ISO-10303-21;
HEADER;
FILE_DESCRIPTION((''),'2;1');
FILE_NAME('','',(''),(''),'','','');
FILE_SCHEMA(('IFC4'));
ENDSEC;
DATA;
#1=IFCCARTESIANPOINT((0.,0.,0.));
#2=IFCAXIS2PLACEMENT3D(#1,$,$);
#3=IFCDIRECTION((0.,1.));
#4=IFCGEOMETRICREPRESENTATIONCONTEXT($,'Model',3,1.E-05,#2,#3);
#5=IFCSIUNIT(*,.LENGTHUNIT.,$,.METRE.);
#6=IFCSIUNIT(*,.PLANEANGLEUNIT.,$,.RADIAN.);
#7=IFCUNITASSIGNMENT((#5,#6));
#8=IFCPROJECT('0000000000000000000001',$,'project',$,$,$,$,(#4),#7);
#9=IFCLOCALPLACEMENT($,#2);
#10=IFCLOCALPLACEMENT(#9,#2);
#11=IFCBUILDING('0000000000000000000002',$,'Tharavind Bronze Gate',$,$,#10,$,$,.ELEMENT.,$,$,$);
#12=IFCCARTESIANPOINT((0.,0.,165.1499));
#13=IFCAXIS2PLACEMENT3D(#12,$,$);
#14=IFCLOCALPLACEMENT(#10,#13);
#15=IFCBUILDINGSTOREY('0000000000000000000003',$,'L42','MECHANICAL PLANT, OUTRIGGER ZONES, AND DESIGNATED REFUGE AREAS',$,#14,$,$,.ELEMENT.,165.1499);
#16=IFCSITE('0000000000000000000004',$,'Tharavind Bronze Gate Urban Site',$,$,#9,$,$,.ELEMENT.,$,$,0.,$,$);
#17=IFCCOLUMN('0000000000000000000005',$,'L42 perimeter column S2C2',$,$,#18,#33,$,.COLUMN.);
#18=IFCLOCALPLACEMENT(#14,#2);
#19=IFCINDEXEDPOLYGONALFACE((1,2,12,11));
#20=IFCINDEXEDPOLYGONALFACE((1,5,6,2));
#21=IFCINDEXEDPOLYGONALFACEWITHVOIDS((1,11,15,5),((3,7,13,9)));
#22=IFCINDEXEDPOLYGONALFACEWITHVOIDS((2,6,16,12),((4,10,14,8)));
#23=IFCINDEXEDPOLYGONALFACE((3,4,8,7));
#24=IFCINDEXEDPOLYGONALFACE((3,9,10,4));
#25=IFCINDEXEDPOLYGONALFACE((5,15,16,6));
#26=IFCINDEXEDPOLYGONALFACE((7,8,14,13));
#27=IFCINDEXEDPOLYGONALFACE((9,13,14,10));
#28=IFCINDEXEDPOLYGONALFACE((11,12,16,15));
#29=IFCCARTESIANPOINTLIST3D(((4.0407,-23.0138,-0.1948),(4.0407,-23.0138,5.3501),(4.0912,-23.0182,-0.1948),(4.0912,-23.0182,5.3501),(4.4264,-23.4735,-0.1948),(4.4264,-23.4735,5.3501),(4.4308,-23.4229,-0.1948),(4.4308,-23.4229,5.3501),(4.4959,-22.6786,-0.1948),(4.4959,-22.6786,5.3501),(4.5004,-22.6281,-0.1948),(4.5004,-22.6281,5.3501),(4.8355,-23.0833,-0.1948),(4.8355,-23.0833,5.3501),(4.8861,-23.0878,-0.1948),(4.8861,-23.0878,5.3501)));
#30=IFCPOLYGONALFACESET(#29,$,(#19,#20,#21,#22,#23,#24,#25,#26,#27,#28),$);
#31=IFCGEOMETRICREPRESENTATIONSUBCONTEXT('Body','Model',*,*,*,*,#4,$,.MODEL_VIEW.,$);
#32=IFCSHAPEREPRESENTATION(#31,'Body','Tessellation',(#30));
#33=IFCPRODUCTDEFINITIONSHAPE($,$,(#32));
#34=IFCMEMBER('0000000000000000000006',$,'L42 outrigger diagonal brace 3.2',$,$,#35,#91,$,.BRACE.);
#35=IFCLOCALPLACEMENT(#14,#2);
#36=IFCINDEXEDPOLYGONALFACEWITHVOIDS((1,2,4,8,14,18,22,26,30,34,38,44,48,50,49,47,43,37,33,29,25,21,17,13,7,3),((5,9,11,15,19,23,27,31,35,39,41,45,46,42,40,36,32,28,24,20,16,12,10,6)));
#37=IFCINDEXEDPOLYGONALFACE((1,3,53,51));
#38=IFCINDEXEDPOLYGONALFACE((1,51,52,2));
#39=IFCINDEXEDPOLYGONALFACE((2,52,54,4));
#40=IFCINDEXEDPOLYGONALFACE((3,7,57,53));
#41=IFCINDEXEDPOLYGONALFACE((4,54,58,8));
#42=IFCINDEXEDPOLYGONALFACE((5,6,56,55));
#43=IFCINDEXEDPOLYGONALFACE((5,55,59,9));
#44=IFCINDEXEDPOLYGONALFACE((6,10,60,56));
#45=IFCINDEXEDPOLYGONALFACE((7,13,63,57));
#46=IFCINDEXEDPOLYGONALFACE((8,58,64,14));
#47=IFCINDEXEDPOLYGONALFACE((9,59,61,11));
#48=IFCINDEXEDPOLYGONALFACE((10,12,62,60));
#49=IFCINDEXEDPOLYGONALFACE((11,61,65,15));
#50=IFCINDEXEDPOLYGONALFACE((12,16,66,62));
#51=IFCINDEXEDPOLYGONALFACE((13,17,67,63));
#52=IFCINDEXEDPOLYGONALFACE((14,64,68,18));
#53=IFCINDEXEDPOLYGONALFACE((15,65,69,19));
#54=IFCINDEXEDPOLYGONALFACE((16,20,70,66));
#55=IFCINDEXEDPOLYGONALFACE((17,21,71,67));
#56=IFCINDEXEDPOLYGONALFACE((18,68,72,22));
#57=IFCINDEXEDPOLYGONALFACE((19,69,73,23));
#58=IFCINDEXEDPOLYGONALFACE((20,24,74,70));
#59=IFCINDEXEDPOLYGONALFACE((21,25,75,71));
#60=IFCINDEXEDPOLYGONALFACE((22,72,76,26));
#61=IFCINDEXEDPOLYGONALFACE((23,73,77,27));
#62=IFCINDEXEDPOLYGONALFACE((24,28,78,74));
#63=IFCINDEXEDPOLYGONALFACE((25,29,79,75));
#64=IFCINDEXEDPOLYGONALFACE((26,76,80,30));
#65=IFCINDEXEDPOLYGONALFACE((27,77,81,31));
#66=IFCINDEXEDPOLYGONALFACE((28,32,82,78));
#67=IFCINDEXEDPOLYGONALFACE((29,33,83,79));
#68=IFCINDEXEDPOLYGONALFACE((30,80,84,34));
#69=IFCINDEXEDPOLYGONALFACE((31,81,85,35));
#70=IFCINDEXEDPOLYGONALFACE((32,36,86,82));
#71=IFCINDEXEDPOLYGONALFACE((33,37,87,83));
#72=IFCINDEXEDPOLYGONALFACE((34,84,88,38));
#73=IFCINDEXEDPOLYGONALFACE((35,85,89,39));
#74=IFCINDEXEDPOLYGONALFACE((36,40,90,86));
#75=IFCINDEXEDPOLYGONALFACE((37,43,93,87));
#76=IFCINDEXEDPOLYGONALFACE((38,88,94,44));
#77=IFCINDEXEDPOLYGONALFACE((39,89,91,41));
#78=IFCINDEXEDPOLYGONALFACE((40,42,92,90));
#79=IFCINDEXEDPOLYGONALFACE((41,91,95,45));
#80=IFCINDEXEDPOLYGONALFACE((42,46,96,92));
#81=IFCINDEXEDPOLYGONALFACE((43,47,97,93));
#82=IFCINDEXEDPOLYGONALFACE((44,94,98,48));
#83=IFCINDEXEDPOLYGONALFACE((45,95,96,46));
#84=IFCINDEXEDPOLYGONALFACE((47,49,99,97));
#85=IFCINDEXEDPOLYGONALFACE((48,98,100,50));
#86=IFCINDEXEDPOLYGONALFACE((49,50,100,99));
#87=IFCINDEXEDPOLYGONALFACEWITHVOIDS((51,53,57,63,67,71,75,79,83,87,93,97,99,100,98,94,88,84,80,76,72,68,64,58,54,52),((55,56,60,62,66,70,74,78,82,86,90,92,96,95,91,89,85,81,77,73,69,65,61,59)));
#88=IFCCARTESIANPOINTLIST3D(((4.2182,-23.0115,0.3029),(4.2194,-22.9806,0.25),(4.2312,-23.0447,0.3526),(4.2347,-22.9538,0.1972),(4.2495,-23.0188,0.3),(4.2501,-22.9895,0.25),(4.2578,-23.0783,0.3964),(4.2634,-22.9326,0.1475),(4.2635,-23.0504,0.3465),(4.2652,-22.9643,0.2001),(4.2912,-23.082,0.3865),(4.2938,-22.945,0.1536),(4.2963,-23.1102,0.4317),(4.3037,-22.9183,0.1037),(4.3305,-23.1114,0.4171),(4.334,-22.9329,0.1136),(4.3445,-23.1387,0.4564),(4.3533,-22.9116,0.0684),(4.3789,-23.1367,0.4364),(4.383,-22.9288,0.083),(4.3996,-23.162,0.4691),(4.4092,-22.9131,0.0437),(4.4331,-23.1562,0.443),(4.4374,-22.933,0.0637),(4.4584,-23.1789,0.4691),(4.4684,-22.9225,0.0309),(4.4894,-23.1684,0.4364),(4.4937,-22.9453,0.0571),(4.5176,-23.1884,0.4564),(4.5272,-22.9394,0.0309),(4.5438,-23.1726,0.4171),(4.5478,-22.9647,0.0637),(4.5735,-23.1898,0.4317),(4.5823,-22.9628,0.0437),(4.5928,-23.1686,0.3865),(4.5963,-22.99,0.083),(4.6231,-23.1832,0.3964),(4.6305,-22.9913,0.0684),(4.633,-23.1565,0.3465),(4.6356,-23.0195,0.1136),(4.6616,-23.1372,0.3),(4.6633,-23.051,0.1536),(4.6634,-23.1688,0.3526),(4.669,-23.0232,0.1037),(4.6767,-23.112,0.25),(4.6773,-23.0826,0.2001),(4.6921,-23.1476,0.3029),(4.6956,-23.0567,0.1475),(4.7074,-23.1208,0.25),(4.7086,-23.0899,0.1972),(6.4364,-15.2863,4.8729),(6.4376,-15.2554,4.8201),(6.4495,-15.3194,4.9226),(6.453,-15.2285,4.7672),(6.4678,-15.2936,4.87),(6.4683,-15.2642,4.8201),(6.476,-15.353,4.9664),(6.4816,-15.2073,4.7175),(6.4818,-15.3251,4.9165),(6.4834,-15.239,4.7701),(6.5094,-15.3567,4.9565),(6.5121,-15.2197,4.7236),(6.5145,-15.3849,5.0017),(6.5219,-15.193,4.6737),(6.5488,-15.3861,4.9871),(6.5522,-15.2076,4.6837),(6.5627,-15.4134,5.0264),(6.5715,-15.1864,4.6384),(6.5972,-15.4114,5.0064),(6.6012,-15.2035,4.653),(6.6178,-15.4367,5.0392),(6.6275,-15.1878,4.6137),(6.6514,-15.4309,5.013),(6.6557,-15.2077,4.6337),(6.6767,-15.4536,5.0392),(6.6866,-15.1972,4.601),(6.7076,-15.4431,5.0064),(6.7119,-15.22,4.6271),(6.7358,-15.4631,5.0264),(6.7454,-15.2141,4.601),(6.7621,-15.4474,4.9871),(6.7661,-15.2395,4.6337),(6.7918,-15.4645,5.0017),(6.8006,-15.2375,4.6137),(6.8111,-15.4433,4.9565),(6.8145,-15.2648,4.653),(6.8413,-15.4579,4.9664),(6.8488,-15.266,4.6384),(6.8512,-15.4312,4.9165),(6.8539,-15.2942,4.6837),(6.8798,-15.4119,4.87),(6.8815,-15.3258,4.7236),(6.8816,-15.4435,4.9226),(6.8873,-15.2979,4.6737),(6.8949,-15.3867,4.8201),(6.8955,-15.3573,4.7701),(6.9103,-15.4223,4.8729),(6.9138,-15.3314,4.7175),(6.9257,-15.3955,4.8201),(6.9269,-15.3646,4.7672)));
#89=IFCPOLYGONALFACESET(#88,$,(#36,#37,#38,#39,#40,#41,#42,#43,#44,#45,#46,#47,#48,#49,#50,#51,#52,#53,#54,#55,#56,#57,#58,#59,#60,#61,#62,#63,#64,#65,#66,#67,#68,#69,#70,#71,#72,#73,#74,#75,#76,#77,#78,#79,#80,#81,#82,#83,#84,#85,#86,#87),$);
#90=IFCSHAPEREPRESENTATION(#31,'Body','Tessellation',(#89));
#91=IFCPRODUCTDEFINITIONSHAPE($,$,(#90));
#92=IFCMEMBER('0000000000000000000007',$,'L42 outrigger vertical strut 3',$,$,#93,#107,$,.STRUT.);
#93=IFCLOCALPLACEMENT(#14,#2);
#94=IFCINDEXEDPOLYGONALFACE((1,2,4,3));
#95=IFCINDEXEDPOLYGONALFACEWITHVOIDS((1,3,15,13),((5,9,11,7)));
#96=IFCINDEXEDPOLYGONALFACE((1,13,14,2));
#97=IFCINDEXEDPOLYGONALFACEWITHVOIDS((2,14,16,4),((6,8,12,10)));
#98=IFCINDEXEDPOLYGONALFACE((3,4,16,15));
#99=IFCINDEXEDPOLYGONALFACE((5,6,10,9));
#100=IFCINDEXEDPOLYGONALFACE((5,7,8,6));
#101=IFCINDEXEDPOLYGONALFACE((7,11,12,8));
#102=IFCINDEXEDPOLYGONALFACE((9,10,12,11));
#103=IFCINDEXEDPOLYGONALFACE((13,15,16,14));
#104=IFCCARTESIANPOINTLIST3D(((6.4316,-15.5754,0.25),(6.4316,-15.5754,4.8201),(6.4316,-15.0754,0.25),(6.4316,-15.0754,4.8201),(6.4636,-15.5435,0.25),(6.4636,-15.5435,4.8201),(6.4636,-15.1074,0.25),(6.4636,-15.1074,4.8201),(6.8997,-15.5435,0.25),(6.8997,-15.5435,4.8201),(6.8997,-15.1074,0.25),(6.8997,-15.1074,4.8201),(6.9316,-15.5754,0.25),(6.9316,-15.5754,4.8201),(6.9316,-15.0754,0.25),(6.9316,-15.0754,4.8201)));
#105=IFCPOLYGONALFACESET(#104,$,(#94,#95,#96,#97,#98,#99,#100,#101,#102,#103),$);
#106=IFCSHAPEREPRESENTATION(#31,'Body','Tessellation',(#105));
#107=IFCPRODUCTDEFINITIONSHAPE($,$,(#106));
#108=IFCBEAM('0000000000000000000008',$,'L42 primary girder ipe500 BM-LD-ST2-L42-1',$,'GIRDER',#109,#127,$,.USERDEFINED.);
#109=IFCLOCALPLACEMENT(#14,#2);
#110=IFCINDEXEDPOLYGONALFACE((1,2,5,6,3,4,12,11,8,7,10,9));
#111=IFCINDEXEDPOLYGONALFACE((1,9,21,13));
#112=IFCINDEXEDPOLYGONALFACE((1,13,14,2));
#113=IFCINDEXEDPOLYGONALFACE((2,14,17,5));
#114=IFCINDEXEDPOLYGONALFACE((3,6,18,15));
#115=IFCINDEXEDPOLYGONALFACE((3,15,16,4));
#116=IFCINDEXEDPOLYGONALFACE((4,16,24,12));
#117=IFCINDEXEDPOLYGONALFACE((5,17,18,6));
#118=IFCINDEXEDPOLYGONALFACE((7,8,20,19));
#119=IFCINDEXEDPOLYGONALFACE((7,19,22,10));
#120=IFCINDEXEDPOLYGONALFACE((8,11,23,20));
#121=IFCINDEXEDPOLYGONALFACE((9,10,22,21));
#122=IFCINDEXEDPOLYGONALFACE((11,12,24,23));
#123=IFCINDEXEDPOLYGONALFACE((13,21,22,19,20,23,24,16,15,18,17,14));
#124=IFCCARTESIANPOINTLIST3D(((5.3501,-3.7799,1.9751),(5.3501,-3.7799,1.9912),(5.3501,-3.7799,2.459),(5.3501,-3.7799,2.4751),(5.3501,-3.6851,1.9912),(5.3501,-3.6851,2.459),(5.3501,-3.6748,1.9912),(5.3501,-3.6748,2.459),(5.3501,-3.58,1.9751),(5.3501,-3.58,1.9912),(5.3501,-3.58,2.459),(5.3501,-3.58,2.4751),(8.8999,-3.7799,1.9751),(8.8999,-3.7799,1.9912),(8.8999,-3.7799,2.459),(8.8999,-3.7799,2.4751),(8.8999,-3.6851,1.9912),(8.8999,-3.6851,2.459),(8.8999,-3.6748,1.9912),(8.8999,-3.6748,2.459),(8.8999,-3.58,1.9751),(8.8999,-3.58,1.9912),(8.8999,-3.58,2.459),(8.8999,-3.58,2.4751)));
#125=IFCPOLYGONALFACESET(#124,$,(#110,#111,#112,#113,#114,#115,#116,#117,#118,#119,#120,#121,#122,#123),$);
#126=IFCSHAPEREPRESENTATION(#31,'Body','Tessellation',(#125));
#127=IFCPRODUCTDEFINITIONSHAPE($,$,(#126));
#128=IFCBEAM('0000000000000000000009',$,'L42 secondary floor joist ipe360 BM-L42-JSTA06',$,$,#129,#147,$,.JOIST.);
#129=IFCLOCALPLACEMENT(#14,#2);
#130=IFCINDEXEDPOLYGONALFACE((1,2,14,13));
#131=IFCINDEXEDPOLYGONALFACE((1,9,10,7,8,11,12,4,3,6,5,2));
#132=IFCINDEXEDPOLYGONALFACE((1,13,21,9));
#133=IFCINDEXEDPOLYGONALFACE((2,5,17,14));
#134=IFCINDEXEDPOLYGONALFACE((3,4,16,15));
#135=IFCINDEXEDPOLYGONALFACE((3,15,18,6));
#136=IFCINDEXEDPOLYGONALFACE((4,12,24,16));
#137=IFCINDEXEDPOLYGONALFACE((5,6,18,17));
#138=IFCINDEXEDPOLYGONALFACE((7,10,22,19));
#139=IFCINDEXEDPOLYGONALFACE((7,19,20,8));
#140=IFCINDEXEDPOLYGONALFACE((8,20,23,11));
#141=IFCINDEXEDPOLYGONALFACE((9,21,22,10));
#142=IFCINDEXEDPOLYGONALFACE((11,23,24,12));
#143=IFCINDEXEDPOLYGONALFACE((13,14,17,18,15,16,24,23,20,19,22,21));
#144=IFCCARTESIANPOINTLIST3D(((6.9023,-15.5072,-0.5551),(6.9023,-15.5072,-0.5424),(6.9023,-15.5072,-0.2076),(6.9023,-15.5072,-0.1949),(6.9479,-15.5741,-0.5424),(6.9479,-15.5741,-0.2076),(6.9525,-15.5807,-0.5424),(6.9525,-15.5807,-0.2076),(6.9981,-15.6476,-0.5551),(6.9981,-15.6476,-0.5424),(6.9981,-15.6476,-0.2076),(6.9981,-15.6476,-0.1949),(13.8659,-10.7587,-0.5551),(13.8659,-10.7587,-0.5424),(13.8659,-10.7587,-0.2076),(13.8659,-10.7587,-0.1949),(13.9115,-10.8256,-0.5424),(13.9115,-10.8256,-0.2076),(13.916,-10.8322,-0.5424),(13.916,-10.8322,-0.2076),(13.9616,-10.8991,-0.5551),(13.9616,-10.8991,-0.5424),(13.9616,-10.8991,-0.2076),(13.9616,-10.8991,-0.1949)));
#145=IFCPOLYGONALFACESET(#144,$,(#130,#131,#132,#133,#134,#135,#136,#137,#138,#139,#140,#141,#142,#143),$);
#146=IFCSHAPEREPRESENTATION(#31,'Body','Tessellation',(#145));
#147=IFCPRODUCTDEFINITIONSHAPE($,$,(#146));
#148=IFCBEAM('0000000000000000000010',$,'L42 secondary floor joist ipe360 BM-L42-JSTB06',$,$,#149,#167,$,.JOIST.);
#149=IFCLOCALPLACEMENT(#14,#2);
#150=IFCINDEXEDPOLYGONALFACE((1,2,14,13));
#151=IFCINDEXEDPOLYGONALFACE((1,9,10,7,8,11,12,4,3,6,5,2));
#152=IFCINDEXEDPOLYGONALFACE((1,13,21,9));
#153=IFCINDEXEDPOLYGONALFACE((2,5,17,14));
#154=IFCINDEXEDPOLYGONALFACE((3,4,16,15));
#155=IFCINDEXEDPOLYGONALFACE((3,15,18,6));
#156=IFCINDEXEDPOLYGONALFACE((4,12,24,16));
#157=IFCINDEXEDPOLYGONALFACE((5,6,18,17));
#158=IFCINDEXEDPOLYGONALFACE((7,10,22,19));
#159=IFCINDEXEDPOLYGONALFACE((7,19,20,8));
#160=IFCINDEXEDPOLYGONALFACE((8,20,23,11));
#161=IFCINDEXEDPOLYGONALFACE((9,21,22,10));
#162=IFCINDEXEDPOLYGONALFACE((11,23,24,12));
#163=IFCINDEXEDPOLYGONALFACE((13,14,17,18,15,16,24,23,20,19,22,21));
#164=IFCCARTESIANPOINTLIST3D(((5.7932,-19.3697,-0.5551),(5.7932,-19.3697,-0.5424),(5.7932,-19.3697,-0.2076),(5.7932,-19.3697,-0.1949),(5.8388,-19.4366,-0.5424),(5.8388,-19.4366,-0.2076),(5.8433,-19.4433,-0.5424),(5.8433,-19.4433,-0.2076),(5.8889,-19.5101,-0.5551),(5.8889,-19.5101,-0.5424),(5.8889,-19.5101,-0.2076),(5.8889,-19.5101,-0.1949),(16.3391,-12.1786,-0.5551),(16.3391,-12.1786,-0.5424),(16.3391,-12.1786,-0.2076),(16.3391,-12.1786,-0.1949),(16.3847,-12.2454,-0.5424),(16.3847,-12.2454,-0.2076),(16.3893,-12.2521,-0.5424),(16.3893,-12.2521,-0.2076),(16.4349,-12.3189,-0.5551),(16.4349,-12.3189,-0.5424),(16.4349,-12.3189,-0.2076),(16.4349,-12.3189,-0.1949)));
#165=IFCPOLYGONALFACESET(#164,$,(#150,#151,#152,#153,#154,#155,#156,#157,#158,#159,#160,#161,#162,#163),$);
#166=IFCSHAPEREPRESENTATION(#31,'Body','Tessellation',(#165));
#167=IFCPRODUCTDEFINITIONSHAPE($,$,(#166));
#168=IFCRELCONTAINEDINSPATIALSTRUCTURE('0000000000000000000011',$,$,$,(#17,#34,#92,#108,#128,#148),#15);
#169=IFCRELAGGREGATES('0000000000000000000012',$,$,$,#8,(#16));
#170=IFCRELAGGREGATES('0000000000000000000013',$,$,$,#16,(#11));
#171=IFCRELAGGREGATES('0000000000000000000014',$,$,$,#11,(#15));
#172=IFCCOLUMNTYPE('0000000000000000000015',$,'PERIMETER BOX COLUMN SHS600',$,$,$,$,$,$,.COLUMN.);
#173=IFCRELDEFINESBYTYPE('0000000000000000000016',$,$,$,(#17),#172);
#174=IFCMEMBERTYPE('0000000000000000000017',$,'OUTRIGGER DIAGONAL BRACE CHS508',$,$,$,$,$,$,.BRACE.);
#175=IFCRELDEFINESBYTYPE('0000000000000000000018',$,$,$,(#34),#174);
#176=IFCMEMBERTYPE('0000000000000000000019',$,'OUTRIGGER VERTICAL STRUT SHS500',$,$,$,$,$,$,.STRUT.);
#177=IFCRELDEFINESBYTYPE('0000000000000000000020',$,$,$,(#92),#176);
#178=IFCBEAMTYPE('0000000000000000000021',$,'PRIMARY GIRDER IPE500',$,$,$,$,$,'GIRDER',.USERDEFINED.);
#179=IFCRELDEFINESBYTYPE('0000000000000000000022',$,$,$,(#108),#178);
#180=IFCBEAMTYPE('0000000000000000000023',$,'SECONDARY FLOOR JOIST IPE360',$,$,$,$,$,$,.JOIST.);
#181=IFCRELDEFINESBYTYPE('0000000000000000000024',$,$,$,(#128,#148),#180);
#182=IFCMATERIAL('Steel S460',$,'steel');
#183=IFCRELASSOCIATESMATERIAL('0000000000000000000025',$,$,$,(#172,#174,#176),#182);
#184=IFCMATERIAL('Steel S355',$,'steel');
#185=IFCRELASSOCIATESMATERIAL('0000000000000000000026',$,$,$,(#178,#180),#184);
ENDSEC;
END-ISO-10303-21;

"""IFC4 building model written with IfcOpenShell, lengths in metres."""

from ifc_helpers import new_model, si_unit, direction, frame, origin, origin_2d, place, context, subcontext, project, spatial, hollow_rectangle, hollow_circle, i_section, extrude, material, material_profile, profile_set, type_object, element, save


model = new_model("IFC4")

# Units and contexts
model_context = context("Model", 3, precision=1e-05, world=origin(), true_north=direction((0.0, 1.0)))
body_context = subcontext(model_context, "Body", "Model", "MODEL_VIEW")
ifc_project = project(units=[si_unit("LENGTHUNIT", "METRE"), si_unit("PLANEANGLEUNIT", "RADIAN")], contexts=[model_context])

# Site, building, storey
site_placement = place(None, origin())
site = spatial("IfcSite", under=ifc_project, at=site_placement, Name="Tharavind Bronze Gate Urban Site", CompositionType="ELEMENT", RefElevation=0.0)
building_placement = place(site_placement, origin())
building = spatial("IfcBuilding", under=site, at=building_placement, Name="Tharavind Bronze Gate", CompositionType="ELEMENT")
storey_placement = place(building_placement, frame((0.0, 0.0, 165.1499)))
storey = spatial("IfcBuildingStorey", under=building, at=storey_placement, Name="L42", Description="MECHANICAL PLANT, OUTRIGGER ZONES, AND DESIGNATED REFUGE AREAS", CompositionType="ELEMENT", Elevation=165.1499)

# Column
ifc_material_1 = material(Name="Steel S460", Category="steel")
ifc_material_profile_1 = material_profile(ifc_material_1, hollow_rectangle(XDim=0.6001, YDim=0.6001, WallThickness=0.0359, at=origin_2d()), Name="SHS600X36")
ifc_profile_set_1 = profile_set([ifc_material_profile_1], Name="Steel S460")
column_type = type_object("IfcColumnType", Name="PERIMETER BOX COLUMN SHS600", PredefinedType="COLUMN", material=ifc_profile_set_1)
column_placement = place(storey_placement, frame((4.4634, -23.0508, -0.1948), z_axis=(0.0, 0.0, 1.0), x_axis=(0.766043, 0.642789, 0.0)))
element("IfcColumn", 1, at=column_placement, inside=storey, type_object=column_type, Name="L42 perimeter column S2C2", PredefinedType="COLUMN", context=body_context, shape_type="SweptSolid", body=[
    extrude(hollow_rectangle(XDim=0.6001, YDim=0.6001, WallThickness=0.0359, at=origin_2d()), origin(), (0.0, 0.0, 1.0), 5.5449),
])

# Members
ifc_material_profile_2 = material_profile(ifc_material_1, hollow_circle(Radius=0.2539, WallThickness=0.032, at=origin_2d()), Name="CHS508X32")
ifc_profile_set_2 = profile_set([ifc_material_profile_2], Name="Steel S460")
member_type_1 = type_object("IfcMemberType", Name="OUTRIGGER DIAGONAL BRACE CHS508", PredefinedType="BRACE", material=ifc_profile_set_2)
member_1_placement = place(storey_placement, frame((6.6816, -15.3254, 4.8201), z_axis=(-0.239918, -0.83554, -0.494279), x_axis=(0.961161, -0.275989, 0.0)))
element("IfcMember", 2, at=member_1_placement, inside=storey, type_object=member_type_1, Name="L42 outrigger diagonal brace 3.2", PredefinedType="BRACE", context=body_context, shape_type="SweptSolid", body=[
    extrude(hollow_circle(Radius=0.2539, WallThickness=0.032, at=origin_2d()), origin(), (0.0, 0.0, 1.0), 9.2458),
])
ifc_material_profile_3 = material_profile(ifc_material_1, hollow_rectangle(XDim=0.5, YDim=0.5, WallThickness=0.032, at=origin_2d()), Name="SHS500X32")
ifc_profile_set_3 = profile_set([ifc_material_profile_3], Name="Steel S460")
member_type_2 = type_object("IfcMemberType", Name="OUTRIGGER VERTICAL STRUT SHS500", PredefinedType="STRUT", material=ifc_profile_set_3)
member_2_placement = place(storey_placement, frame((6.6816, -15.3254, 0.25), z_axis=(0.0, 0.0, 1.0), x_axis=(1.0, 0.0, 0.0)))
element("IfcMember", 3, at=member_2_placement, inside=storey, type_object=member_type_2, Name="L42 outrigger vertical strut 3", PredefinedType="STRUT", context=body_context, shape_type="SweptSolid", body=[
    extrude(hollow_rectangle(XDim=0.5, YDim=0.5, WallThickness=0.032, at=origin_2d()), origin(), (0.0, 0.0, 1.0), 4.5701),
])

# Beams
ifc_material_2 = material(Name="Steel S355", Category="steel")
ifc_material_profile_4 = material_profile(ifc_material_2, i_section(OverallWidth=0.2, OverallDepth=0.5, WebThickness=0.0103, FlangeThickness=0.0161, at=origin_2d()), Name="IPE500")
ifc_profile_set_4 = profile_set([ifc_material_profile_4], Name="Steel S355")
beam_type_1 = type_object("IfcBeamType", Name="PRIMARY GIRDER IPE500", ElementType="GIRDER", PredefinedType="USERDEFINED", material=ifc_profile_set_4)
beam_1_placement = place(storey_placement, frame((5.3501, -3.6799, 2.2251), z_axis=(1.0, 0.0, 0.0), x_axis=(0.0, 1.0, 0.0)))
element("IfcBeam", 4, at=beam_1_placement, inside=storey, type_object=beam_type_1, Name="L42 primary girder ipe500 BM-LD-ST2-L42-1", ObjectType="GIRDER", PredefinedType="USERDEFINED", context=body_context, shape_type="SweptSolid", body=[
    extrude(i_section(OverallWidth=0.2, OverallDepth=0.5, WebThickness=0.0103, FlangeThickness=0.0161, at=origin_2d()), origin(), (0.0, 0.0, 1.0), 3.5498),
])
ifc_material_profile_5 = material_profile(ifc_material_2, i_section(OverallWidth=0.1699, OverallDepth=0.3601, WebThickness=0.0081, FlangeThickness=0.0127, at=origin_2d()), Name="IPE360")
ifc_profile_set_5 = profile_set([ifc_material_profile_5], Name="Steel S355")
beam_type_2 = type_object("IfcBeamType", Name="SECONDARY FLOOR JOIST IPE360", PredefinedType="JOIST", material=ifc_profile_set_5)
beam_2_placement = place(storey_placement, frame((6.9502, -15.5774, -0.375), z_axis=(0.826194, 0.563386, 0.0), x_axis=(-0.563386, 0.826194, 0.0)))
element("IfcBeam", 5, at=beam_2_placement, inside=storey, type_object=beam_type_2, Name="L42 secondary floor joist ipe360 BM-L42-JSTA06", PredefinedType="JOIST", context=body_context, shape_type="SweptSolid", body=[
    extrude(i_section(OverallWidth=0.1699, OverallDepth=0.3601, WebThickness=0.0081, FlangeThickness=0.0127, at=origin_2d()), origin(), (0.0, 0.0, 1.0), 8.4285),
])
beam_3_placement = place(storey_placement, frame((5.8411, -19.4399, -0.375), z_axis=(0.826199, 0.563378, 0.0), x_axis=(-0.563378, 0.826199, 0.0)))
element("IfcBeam", 6, at=beam_3_placement, inside=storey, type_object=beam_type_2, Name="L42 secondary floor joist ipe360 BM-L42-JSTB06", PredefinedType="JOIST", context=body_context, shape_type="SweptSolid", body=[
    extrude(i_section(OverallWidth=0.1699, OverallDepth=0.3601, WebThickness=0.0081, FlangeThickness=0.0127, at=origin_2d()), origin(), (0.0, 0.0, 1.0), 12.7644),
])

save(model, "model.ifc")
